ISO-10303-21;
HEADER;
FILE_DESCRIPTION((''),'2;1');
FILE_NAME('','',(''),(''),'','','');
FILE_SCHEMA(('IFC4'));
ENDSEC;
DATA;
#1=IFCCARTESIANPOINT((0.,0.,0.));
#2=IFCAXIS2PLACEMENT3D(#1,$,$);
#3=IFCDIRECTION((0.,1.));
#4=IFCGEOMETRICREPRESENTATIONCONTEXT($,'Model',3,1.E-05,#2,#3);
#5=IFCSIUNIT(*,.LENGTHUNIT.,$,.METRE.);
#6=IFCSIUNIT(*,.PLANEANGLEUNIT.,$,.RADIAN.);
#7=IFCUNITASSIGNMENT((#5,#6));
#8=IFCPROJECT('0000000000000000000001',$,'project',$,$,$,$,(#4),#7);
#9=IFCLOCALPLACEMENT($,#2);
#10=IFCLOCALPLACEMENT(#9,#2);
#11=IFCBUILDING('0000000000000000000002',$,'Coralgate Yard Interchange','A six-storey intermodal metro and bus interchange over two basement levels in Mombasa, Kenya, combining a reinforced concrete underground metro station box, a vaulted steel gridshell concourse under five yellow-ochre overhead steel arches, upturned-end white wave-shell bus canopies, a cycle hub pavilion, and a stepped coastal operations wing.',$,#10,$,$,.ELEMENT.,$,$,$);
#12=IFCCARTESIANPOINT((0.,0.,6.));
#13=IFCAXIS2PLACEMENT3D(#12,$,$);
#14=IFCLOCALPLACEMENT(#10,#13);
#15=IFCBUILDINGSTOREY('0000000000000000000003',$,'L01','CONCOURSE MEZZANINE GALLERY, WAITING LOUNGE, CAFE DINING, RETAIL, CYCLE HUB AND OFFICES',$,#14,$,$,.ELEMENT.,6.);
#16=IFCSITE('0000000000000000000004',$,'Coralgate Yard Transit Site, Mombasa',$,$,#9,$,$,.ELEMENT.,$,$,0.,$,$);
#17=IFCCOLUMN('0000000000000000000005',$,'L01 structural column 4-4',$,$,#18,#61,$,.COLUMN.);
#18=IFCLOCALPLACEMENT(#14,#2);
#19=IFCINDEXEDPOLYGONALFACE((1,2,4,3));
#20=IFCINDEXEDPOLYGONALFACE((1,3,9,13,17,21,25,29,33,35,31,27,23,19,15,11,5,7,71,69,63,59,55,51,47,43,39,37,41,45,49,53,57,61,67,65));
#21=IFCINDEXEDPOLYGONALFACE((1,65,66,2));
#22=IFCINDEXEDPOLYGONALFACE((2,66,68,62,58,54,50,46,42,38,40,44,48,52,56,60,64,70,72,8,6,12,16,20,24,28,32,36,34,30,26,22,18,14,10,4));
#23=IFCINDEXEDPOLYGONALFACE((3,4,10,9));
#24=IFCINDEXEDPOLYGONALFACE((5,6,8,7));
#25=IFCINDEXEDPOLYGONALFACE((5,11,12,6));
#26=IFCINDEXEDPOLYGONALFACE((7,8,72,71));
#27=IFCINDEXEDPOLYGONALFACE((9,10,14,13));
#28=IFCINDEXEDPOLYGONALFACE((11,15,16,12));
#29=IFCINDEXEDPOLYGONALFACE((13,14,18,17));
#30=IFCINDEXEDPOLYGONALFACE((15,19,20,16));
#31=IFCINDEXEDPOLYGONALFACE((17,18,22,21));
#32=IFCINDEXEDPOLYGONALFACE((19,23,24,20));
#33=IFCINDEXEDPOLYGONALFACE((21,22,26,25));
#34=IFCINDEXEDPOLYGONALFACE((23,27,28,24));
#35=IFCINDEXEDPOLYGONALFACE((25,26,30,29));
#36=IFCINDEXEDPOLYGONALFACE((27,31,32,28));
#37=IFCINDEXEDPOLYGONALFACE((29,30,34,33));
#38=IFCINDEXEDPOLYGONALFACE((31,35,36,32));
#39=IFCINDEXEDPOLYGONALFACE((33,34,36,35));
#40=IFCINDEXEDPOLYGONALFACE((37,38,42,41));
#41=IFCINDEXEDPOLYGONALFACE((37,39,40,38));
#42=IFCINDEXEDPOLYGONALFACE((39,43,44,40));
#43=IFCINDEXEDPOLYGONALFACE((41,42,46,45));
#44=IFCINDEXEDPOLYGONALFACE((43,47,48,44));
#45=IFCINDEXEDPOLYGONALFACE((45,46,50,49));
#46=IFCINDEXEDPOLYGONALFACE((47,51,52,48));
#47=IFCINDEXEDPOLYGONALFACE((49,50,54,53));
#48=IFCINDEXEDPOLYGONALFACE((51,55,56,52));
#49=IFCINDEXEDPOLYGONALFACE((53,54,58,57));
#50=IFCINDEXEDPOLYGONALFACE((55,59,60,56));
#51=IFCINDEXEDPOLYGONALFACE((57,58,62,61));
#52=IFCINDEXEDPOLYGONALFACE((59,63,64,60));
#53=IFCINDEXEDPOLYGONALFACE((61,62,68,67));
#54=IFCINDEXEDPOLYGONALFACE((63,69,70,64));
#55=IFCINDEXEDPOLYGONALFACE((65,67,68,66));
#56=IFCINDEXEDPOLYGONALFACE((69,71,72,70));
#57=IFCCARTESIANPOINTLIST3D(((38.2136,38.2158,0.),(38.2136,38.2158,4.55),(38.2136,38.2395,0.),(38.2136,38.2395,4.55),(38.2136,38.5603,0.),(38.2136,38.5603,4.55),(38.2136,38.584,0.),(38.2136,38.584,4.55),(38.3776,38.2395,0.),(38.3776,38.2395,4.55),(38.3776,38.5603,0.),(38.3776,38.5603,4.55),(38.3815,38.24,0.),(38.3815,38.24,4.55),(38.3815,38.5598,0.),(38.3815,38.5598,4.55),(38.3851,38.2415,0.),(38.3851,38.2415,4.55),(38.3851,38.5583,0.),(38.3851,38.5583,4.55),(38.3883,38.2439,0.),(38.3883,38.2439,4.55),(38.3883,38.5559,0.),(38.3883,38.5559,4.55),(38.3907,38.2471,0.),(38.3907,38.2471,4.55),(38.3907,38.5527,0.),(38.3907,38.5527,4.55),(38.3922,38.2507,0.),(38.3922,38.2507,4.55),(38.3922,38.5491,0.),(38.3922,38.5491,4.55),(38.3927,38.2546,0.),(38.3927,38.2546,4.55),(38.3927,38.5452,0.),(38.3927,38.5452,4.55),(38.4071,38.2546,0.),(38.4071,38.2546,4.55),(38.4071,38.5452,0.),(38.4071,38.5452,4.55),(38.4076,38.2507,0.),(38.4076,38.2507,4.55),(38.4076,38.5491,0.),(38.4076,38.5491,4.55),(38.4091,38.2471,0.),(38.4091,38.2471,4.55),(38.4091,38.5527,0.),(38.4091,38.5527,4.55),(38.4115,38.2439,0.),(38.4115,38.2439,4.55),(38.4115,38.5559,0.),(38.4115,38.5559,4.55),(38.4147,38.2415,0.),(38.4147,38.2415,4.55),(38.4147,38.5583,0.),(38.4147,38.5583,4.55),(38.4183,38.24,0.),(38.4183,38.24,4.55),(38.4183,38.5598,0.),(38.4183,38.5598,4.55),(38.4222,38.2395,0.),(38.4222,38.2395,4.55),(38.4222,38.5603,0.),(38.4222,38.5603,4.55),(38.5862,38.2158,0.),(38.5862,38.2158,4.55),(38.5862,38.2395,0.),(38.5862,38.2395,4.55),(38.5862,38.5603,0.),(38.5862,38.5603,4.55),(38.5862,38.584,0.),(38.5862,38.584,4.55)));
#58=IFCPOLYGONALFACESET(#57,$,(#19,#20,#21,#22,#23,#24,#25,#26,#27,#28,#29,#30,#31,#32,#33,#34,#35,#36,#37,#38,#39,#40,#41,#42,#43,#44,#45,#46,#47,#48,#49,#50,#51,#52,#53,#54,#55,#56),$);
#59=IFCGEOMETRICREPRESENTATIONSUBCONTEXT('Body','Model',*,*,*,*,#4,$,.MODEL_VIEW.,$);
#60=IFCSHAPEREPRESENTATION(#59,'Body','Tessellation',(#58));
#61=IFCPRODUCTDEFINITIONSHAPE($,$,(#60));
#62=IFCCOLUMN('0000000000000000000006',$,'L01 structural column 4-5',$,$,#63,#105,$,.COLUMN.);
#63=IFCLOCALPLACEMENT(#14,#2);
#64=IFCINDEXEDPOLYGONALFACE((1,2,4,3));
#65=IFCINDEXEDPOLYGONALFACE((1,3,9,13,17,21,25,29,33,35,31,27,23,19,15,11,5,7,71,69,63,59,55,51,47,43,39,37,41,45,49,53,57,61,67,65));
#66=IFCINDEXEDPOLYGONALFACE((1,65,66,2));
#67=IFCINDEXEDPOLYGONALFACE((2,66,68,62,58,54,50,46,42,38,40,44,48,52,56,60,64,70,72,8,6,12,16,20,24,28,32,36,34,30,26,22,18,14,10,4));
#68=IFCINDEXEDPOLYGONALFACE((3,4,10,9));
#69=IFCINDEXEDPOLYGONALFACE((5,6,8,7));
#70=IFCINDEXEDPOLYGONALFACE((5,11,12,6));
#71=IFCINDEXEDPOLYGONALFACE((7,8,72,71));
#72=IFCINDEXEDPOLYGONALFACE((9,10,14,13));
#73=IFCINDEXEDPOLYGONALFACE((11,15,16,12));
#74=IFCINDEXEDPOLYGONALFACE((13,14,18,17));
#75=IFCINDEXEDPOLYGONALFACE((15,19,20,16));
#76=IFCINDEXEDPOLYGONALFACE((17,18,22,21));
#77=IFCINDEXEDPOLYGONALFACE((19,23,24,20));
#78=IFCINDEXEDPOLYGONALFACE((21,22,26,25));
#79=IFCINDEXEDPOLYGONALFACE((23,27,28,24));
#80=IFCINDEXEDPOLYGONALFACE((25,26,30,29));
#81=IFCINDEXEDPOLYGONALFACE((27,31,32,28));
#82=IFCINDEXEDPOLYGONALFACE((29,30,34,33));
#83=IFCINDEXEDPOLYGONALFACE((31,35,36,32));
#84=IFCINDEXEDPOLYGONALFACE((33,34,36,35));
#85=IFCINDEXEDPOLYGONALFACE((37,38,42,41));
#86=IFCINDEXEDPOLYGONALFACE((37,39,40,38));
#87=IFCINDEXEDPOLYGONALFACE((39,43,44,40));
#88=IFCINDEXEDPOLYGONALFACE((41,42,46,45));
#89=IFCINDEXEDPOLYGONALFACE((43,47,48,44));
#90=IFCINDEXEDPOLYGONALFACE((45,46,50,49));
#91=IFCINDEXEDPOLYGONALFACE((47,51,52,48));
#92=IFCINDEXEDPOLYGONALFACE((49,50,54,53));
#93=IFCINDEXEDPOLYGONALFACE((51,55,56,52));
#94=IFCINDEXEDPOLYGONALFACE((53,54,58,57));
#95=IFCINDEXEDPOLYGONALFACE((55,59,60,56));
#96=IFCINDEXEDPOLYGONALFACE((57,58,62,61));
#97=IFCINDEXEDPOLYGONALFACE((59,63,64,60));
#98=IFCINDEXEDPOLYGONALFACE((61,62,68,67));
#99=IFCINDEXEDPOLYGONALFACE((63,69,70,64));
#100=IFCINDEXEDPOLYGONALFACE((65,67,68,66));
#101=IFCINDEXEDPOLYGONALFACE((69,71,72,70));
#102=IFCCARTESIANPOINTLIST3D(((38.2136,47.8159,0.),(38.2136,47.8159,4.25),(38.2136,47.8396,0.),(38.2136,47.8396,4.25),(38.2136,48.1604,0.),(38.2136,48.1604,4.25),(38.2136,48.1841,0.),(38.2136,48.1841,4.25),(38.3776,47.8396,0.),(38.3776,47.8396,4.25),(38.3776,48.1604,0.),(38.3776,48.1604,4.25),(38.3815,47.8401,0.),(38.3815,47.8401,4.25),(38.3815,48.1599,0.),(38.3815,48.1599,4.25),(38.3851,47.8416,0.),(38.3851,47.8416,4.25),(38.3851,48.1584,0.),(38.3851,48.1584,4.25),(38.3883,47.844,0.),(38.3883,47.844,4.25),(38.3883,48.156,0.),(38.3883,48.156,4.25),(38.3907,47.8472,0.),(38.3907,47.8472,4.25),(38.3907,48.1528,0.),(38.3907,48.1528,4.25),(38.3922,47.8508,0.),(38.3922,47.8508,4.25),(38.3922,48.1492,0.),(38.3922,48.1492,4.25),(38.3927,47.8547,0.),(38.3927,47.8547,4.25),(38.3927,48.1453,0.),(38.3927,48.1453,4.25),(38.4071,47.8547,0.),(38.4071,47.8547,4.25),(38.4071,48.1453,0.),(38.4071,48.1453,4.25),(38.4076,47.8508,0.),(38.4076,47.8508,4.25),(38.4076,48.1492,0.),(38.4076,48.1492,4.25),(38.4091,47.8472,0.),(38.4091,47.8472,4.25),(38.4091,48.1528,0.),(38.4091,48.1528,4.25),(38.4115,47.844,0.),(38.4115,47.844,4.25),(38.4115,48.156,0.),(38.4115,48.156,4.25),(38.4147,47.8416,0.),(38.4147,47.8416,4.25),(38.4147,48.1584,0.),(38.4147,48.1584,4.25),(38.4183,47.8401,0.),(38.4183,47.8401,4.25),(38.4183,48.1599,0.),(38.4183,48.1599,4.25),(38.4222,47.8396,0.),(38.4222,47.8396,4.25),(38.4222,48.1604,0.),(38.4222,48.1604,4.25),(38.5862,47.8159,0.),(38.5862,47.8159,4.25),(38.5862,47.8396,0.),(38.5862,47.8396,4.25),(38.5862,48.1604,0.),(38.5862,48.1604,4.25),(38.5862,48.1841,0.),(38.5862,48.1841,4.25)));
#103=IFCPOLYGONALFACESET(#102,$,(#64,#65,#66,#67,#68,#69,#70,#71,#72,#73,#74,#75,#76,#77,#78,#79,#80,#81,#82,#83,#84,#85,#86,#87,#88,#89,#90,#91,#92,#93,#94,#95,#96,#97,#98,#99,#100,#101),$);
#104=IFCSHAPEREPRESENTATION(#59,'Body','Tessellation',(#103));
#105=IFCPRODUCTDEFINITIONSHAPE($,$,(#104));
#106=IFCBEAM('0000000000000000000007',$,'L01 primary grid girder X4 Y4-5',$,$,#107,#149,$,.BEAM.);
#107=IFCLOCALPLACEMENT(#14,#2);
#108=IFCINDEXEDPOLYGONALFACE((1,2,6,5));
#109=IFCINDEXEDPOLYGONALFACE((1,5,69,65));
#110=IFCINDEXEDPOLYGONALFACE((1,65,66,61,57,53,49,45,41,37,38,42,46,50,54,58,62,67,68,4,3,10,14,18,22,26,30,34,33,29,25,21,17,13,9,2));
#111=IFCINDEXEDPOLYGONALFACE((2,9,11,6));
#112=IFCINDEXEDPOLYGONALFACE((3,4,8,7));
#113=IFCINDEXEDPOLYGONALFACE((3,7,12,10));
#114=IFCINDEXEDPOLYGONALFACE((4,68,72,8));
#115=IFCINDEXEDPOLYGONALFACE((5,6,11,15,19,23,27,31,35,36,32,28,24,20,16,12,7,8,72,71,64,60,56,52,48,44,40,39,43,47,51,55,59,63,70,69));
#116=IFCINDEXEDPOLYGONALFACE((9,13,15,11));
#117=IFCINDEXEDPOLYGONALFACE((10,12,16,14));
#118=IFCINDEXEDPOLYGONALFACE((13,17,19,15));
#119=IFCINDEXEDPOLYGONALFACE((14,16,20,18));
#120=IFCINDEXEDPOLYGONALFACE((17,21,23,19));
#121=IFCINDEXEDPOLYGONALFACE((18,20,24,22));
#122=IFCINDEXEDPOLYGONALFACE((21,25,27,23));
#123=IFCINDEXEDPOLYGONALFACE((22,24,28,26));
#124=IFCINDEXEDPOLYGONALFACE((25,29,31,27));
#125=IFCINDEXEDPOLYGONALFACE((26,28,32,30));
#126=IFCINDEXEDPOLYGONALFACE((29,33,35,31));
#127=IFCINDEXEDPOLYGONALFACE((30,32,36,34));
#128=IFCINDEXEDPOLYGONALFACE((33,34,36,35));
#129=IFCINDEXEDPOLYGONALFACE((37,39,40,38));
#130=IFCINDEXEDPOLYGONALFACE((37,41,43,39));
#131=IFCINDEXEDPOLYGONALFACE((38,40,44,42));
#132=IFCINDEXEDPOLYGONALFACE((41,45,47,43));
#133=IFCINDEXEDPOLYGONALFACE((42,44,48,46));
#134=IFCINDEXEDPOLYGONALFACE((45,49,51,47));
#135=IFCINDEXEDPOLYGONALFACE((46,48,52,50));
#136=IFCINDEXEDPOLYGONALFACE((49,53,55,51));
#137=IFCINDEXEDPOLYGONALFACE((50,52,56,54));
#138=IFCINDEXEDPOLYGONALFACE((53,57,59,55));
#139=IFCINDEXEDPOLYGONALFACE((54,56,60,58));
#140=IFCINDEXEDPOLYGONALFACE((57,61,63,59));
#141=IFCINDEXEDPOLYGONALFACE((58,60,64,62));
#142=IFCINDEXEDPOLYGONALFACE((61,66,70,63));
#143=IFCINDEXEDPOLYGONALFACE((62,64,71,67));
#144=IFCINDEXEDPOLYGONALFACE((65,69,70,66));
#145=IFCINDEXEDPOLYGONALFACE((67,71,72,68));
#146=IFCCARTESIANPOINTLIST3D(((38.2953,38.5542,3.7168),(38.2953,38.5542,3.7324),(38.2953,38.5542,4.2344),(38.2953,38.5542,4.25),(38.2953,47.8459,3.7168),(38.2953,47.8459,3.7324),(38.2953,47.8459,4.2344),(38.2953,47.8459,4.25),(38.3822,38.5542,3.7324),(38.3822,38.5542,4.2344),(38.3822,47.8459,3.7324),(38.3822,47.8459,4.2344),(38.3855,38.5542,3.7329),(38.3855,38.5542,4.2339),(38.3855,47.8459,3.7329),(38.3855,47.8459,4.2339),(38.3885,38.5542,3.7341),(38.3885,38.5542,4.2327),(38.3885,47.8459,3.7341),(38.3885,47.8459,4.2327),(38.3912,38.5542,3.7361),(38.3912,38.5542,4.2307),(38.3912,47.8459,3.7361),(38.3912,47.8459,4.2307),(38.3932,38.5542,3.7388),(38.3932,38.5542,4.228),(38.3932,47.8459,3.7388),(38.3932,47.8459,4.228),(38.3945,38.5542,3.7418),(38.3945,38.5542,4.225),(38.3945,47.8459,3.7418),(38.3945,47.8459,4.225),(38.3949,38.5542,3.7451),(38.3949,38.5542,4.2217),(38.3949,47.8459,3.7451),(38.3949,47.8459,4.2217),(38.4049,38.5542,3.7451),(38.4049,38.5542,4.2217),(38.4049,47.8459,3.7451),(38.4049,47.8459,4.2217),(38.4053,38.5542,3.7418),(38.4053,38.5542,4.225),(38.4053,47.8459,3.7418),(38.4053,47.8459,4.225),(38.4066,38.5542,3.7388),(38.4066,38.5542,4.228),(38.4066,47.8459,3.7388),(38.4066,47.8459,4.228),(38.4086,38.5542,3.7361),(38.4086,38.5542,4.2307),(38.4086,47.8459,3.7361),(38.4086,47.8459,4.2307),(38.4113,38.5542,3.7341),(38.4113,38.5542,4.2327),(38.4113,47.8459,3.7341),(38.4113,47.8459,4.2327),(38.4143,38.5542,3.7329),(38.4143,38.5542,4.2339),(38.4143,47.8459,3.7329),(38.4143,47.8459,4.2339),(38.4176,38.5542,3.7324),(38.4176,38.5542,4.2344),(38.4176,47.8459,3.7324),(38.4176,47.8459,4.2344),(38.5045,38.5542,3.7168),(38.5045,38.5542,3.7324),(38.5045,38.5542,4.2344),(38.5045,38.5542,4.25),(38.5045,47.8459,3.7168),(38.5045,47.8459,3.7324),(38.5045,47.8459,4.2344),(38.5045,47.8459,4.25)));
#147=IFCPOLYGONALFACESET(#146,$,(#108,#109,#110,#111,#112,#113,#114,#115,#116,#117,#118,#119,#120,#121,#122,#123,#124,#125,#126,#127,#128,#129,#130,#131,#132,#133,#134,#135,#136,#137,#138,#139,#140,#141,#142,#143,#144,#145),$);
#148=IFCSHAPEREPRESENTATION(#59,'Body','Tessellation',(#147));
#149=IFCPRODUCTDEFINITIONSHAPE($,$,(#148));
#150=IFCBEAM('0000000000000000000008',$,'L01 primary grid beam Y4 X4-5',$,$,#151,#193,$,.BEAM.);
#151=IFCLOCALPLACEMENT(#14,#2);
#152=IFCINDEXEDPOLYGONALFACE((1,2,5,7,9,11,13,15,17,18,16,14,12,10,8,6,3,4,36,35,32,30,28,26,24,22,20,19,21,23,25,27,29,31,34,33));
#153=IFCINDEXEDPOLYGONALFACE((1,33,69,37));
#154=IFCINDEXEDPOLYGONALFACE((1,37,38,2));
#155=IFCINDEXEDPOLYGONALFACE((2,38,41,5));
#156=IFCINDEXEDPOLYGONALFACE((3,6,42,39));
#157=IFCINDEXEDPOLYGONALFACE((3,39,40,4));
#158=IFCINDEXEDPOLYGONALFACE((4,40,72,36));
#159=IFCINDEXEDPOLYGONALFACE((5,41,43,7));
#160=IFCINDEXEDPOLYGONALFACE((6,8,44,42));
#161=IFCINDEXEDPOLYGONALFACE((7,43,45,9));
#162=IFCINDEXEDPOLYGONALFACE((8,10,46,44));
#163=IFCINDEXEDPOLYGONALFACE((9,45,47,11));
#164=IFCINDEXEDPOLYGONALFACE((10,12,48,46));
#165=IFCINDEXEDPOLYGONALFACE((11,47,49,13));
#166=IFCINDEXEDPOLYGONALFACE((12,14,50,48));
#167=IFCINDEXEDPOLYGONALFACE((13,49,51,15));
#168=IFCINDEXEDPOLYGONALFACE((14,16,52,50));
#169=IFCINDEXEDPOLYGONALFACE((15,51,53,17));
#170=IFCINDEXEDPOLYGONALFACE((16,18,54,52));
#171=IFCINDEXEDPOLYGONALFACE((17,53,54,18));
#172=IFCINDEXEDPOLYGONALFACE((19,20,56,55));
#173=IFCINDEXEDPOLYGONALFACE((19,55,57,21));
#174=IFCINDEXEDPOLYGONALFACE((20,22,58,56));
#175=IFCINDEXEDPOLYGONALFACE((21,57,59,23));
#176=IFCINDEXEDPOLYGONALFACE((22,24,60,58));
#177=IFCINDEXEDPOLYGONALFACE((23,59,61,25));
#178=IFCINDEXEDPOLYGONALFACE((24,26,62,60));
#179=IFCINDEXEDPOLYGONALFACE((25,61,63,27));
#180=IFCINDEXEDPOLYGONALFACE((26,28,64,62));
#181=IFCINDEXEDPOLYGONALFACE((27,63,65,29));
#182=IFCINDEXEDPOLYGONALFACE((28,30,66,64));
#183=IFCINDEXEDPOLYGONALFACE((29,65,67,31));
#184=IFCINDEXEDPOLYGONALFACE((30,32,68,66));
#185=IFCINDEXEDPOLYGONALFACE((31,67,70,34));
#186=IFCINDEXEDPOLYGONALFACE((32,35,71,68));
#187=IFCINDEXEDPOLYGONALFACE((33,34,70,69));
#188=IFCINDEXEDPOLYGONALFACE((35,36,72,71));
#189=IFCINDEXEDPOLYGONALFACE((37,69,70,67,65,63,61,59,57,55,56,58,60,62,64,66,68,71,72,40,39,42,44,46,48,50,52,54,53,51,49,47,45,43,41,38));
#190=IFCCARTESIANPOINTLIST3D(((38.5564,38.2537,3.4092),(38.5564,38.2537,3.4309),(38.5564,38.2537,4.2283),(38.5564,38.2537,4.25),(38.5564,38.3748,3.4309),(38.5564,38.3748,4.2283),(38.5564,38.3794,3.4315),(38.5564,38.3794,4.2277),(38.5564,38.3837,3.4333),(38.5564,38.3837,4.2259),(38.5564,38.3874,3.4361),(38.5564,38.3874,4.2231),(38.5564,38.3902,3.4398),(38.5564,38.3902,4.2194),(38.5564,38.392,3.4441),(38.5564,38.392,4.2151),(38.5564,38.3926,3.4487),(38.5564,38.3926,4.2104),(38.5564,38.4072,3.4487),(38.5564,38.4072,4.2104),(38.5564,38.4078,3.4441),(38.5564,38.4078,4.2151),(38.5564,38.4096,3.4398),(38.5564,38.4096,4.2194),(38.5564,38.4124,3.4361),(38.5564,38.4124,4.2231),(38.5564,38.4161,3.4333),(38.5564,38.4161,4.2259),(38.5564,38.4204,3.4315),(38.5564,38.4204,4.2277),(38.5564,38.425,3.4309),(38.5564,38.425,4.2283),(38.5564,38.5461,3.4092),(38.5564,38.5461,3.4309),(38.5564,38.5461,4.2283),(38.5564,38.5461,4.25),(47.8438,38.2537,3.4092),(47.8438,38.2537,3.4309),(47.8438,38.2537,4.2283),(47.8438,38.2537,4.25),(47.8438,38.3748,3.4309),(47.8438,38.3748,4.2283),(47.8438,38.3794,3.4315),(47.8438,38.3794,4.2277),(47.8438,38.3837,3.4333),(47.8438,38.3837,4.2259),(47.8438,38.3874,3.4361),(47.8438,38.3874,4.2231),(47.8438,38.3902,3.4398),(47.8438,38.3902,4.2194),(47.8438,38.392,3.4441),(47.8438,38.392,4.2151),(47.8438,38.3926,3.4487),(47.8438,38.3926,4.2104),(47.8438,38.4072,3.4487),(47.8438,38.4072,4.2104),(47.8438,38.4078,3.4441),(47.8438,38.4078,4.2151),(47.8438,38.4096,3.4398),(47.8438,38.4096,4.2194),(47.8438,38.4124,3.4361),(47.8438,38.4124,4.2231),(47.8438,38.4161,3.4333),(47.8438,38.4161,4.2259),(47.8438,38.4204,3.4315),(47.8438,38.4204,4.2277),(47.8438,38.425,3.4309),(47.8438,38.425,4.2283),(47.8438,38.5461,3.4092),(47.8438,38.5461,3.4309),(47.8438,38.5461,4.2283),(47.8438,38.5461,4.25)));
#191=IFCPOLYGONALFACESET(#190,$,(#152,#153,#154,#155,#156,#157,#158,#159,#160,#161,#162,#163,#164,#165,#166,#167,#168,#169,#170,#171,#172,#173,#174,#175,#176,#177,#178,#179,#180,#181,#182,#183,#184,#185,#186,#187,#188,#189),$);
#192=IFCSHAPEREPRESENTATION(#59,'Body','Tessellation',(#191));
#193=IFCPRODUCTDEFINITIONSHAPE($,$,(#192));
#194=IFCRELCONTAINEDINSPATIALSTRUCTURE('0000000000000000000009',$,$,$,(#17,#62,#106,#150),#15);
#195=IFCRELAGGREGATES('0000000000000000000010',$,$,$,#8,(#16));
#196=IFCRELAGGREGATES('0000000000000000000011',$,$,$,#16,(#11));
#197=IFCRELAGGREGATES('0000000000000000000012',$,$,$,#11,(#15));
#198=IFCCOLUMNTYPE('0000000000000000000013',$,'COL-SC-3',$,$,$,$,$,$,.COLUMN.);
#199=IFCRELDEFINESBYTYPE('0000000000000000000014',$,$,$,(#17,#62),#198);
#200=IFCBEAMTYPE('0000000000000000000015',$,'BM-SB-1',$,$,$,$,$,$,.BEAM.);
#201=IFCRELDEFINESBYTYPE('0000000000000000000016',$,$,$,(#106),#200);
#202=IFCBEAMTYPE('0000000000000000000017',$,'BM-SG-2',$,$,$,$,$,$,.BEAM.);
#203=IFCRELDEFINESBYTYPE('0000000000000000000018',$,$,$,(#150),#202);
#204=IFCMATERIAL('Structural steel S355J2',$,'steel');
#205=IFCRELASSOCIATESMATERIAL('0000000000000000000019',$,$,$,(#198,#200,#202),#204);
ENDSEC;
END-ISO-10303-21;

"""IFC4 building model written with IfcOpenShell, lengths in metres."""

from ifc_helpers import new_model, si_unit, direction, frame, origin, origin_2d, place, context, subcontext, project, spatial, i_section, extrude, material, material_profile, profile_set, type_object, element, save


model = new_model("IFC4")

# Units and contexts
model_context = context("Model", 3, precision=1e-05, world=origin(), true_north=direction((0.0, 1.0)))
body_context = subcontext(model_context, "Body", "Model", "MODEL_VIEW")
ifc_project = project(units=[si_unit("LENGTHUNIT", "METRE"), si_unit("PLANEANGLEUNIT", "RADIAN")], contexts=[model_context])

# Site, building, storey
site_placement = place(None, origin())
site = spatial("IfcSite", under=ifc_project, at=site_placement, Name="Coralgate Yard Transit Site, Mombasa", CompositionType="ELEMENT", RefElevation=0.0)
building_placement = place(site_placement, origin())
building = spatial("IfcBuilding", under=site, at=building_placement, Name="Coralgate Yard Interchange", Description="A six-storey intermodal metro and bus interchange over two basement levels in Mombasa, Kenya, combining a reinforced concrete underground metro station box, a vaulted steel gridshell concourse under five yellow-ochre overhead steel arches, upturned-end white wave-shell bus canopies, a cycle hub pavilion, and a stepped coastal operations wing.", CompositionType="ELEMENT")
storey_placement = place(building_placement, frame((0.0, 0.0, 6.0)))
storey = spatial("IfcBuildingStorey", under=building, at=storey_placement, Name="L01", Description="CONCOURSE MEZZANINE GALLERY, WAITING LOUNGE, CAFE DINING, RETAIL, CYCLE HUB AND OFFICES", CompositionType="ELEMENT", Elevation=6.0)

# Columns
ifc_material_1 = material(Name="Structural steel S355J2", Category="steel")
ifc_material_profile_1 = material_profile(ifc_material_1, i_section(OverallWidth=0.3726, OverallDepth=0.3682, WebThickness=0.0144, FlangeThickness=0.0237, FilletRadius=0.0151, at=origin_2d()), Name="UC 356x368x177")
ifc_profile_set_1 = profile_set([ifc_material_profile_1], Name="Structural steel S355J2")
column_type = type_object("IfcColumnType", Name="COL-SC-3", PredefinedType="COLUMN", material=ifc_profile_set_1)
column_1_placement = place(storey_placement, frame((38.3999, 38.3999, 0.0), z_axis=(0.0, 0.0, 1.0), x_axis=(1.0, 0.0, 0.0)))
element("IfcColumn", 1, at=column_1_placement, inside=storey, type_object=column_type, Name="L01 structural column 4-4", PredefinedType="COLUMN", context=body_context, shape_type="SweptSolid", body=[
    extrude(i_section(OverallWidth=0.3726, OverallDepth=0.3682, WebThickness=0.0144, FlangeThickness=0.0237, FilletRadius=0.0151, at=origin_2d()), origin(), (0.0, 0.0, 1.0), 4.55),
])
column_2_placement = place(storey_placement, frame((38.3999, 48.0, 0.0), z_axis=(0.0, 0.0, 1.0), x_axis=(1.0, 0.0, 0.0)))
element("IfcColumn", 2, at=column_2_placement, inside=storey, type_object=column_type, Name="L01 structural column 4-5", PredefinedType="COLUMN", context=body_context, shape_type="SweptSolid", body=[
    extrude(i_section(OverallWidth=0.3726, OverallDepth=0.3682, WebThickness=0.0144, FlangeThickness=0.0237, FilletRadius=0.0151, at=origin_2d()), origin(), (0.0, 0.0, 1.0), 4.25),
])

# Beams
ifc_material_profile_2 = material_profile(ifc_material_1, i_section(OverallWidth=0.2092, OverallDepth=0.5332, WebThickness=0.01, FlangeThickness=0.0156, FilletRadius=0.0127, at=origin_2d()), Name="UB 533x210x92")
ifc_profile_set_2 = profile_set([ifc_material_profile_2], Name="Structural steel S355J2")
beam_type_1 = type_object("IfcBeamType", Name="BM-SB-1", PredefinedType="BEAM", material=ifc_profile_set_2)
beam_1_placement = place(storey_placement, frame((38.3999, 38.5542, 3.9834), z_axis=(0.0, 1.0, 0.0), x_axis=(-1.0, 0.0, 0.0)))
element("IfcBeam", 3, at=beam_1_placement, inside=storey, type_object=beam_type_1, Name="L01 primary grid girder X4 Y4-5", PredefinedType="BEAM", context=body_context, shape_type="SweptSolid", body=[
    extrude(i_section(OverallWidth=0.2092, OverallDepth=0.5332, WebThickness=0.01, FlangeThickness=0.0156, FilletRadius=0.0127, at=origin_2d()), origin(), (0.0, 0.0, 1.0), 9.2917),
])
ifc_material_profile_3 = material_profile(ifc_material_1, i_section(OverallWidth=0.2925, OverallDepth=0.8408, WebThickness=0.0146, FlangeThickness=0.0217, FilletRadius=0.0178, at=origin_2d()), Name="UB 838x292x194")
ifc_profile_set_3 = profile_set([ifc_material_profile_3], Name="Structural steel S355J2")
beam_type_2 = type_object("IfcBeamType", Name="BM-SG-2", PredefinedType="BEAM", material=ifc_profile_set_3)
beam_2_placement = place(storey_placement, frame((38.5564, 38.3999, 3.8296), z_axis=(1.0, 0.0, 0.0), x_axis=(0.0, 1.0, 0.0)))
element("IfcBeam", 4, at=beam_2_placement, inside=storey, type_object=beam_type_2, Name="L01 primary grid beam Y4 X4-5", PredefinedType="BEAM", context=body_context, shape_type="SweptSolid", body=[
    extrude(i_section(OverallWidth=0.2925, OverallDepth=0.8408, WebThickness=0.0146, FlangeThickness=0.0217, FilletRadius=0.0178, at=origin_2d()), origin(), (0.0, 0.0, 1.0), 9.2874),
])

save(model, "model.ifc")
